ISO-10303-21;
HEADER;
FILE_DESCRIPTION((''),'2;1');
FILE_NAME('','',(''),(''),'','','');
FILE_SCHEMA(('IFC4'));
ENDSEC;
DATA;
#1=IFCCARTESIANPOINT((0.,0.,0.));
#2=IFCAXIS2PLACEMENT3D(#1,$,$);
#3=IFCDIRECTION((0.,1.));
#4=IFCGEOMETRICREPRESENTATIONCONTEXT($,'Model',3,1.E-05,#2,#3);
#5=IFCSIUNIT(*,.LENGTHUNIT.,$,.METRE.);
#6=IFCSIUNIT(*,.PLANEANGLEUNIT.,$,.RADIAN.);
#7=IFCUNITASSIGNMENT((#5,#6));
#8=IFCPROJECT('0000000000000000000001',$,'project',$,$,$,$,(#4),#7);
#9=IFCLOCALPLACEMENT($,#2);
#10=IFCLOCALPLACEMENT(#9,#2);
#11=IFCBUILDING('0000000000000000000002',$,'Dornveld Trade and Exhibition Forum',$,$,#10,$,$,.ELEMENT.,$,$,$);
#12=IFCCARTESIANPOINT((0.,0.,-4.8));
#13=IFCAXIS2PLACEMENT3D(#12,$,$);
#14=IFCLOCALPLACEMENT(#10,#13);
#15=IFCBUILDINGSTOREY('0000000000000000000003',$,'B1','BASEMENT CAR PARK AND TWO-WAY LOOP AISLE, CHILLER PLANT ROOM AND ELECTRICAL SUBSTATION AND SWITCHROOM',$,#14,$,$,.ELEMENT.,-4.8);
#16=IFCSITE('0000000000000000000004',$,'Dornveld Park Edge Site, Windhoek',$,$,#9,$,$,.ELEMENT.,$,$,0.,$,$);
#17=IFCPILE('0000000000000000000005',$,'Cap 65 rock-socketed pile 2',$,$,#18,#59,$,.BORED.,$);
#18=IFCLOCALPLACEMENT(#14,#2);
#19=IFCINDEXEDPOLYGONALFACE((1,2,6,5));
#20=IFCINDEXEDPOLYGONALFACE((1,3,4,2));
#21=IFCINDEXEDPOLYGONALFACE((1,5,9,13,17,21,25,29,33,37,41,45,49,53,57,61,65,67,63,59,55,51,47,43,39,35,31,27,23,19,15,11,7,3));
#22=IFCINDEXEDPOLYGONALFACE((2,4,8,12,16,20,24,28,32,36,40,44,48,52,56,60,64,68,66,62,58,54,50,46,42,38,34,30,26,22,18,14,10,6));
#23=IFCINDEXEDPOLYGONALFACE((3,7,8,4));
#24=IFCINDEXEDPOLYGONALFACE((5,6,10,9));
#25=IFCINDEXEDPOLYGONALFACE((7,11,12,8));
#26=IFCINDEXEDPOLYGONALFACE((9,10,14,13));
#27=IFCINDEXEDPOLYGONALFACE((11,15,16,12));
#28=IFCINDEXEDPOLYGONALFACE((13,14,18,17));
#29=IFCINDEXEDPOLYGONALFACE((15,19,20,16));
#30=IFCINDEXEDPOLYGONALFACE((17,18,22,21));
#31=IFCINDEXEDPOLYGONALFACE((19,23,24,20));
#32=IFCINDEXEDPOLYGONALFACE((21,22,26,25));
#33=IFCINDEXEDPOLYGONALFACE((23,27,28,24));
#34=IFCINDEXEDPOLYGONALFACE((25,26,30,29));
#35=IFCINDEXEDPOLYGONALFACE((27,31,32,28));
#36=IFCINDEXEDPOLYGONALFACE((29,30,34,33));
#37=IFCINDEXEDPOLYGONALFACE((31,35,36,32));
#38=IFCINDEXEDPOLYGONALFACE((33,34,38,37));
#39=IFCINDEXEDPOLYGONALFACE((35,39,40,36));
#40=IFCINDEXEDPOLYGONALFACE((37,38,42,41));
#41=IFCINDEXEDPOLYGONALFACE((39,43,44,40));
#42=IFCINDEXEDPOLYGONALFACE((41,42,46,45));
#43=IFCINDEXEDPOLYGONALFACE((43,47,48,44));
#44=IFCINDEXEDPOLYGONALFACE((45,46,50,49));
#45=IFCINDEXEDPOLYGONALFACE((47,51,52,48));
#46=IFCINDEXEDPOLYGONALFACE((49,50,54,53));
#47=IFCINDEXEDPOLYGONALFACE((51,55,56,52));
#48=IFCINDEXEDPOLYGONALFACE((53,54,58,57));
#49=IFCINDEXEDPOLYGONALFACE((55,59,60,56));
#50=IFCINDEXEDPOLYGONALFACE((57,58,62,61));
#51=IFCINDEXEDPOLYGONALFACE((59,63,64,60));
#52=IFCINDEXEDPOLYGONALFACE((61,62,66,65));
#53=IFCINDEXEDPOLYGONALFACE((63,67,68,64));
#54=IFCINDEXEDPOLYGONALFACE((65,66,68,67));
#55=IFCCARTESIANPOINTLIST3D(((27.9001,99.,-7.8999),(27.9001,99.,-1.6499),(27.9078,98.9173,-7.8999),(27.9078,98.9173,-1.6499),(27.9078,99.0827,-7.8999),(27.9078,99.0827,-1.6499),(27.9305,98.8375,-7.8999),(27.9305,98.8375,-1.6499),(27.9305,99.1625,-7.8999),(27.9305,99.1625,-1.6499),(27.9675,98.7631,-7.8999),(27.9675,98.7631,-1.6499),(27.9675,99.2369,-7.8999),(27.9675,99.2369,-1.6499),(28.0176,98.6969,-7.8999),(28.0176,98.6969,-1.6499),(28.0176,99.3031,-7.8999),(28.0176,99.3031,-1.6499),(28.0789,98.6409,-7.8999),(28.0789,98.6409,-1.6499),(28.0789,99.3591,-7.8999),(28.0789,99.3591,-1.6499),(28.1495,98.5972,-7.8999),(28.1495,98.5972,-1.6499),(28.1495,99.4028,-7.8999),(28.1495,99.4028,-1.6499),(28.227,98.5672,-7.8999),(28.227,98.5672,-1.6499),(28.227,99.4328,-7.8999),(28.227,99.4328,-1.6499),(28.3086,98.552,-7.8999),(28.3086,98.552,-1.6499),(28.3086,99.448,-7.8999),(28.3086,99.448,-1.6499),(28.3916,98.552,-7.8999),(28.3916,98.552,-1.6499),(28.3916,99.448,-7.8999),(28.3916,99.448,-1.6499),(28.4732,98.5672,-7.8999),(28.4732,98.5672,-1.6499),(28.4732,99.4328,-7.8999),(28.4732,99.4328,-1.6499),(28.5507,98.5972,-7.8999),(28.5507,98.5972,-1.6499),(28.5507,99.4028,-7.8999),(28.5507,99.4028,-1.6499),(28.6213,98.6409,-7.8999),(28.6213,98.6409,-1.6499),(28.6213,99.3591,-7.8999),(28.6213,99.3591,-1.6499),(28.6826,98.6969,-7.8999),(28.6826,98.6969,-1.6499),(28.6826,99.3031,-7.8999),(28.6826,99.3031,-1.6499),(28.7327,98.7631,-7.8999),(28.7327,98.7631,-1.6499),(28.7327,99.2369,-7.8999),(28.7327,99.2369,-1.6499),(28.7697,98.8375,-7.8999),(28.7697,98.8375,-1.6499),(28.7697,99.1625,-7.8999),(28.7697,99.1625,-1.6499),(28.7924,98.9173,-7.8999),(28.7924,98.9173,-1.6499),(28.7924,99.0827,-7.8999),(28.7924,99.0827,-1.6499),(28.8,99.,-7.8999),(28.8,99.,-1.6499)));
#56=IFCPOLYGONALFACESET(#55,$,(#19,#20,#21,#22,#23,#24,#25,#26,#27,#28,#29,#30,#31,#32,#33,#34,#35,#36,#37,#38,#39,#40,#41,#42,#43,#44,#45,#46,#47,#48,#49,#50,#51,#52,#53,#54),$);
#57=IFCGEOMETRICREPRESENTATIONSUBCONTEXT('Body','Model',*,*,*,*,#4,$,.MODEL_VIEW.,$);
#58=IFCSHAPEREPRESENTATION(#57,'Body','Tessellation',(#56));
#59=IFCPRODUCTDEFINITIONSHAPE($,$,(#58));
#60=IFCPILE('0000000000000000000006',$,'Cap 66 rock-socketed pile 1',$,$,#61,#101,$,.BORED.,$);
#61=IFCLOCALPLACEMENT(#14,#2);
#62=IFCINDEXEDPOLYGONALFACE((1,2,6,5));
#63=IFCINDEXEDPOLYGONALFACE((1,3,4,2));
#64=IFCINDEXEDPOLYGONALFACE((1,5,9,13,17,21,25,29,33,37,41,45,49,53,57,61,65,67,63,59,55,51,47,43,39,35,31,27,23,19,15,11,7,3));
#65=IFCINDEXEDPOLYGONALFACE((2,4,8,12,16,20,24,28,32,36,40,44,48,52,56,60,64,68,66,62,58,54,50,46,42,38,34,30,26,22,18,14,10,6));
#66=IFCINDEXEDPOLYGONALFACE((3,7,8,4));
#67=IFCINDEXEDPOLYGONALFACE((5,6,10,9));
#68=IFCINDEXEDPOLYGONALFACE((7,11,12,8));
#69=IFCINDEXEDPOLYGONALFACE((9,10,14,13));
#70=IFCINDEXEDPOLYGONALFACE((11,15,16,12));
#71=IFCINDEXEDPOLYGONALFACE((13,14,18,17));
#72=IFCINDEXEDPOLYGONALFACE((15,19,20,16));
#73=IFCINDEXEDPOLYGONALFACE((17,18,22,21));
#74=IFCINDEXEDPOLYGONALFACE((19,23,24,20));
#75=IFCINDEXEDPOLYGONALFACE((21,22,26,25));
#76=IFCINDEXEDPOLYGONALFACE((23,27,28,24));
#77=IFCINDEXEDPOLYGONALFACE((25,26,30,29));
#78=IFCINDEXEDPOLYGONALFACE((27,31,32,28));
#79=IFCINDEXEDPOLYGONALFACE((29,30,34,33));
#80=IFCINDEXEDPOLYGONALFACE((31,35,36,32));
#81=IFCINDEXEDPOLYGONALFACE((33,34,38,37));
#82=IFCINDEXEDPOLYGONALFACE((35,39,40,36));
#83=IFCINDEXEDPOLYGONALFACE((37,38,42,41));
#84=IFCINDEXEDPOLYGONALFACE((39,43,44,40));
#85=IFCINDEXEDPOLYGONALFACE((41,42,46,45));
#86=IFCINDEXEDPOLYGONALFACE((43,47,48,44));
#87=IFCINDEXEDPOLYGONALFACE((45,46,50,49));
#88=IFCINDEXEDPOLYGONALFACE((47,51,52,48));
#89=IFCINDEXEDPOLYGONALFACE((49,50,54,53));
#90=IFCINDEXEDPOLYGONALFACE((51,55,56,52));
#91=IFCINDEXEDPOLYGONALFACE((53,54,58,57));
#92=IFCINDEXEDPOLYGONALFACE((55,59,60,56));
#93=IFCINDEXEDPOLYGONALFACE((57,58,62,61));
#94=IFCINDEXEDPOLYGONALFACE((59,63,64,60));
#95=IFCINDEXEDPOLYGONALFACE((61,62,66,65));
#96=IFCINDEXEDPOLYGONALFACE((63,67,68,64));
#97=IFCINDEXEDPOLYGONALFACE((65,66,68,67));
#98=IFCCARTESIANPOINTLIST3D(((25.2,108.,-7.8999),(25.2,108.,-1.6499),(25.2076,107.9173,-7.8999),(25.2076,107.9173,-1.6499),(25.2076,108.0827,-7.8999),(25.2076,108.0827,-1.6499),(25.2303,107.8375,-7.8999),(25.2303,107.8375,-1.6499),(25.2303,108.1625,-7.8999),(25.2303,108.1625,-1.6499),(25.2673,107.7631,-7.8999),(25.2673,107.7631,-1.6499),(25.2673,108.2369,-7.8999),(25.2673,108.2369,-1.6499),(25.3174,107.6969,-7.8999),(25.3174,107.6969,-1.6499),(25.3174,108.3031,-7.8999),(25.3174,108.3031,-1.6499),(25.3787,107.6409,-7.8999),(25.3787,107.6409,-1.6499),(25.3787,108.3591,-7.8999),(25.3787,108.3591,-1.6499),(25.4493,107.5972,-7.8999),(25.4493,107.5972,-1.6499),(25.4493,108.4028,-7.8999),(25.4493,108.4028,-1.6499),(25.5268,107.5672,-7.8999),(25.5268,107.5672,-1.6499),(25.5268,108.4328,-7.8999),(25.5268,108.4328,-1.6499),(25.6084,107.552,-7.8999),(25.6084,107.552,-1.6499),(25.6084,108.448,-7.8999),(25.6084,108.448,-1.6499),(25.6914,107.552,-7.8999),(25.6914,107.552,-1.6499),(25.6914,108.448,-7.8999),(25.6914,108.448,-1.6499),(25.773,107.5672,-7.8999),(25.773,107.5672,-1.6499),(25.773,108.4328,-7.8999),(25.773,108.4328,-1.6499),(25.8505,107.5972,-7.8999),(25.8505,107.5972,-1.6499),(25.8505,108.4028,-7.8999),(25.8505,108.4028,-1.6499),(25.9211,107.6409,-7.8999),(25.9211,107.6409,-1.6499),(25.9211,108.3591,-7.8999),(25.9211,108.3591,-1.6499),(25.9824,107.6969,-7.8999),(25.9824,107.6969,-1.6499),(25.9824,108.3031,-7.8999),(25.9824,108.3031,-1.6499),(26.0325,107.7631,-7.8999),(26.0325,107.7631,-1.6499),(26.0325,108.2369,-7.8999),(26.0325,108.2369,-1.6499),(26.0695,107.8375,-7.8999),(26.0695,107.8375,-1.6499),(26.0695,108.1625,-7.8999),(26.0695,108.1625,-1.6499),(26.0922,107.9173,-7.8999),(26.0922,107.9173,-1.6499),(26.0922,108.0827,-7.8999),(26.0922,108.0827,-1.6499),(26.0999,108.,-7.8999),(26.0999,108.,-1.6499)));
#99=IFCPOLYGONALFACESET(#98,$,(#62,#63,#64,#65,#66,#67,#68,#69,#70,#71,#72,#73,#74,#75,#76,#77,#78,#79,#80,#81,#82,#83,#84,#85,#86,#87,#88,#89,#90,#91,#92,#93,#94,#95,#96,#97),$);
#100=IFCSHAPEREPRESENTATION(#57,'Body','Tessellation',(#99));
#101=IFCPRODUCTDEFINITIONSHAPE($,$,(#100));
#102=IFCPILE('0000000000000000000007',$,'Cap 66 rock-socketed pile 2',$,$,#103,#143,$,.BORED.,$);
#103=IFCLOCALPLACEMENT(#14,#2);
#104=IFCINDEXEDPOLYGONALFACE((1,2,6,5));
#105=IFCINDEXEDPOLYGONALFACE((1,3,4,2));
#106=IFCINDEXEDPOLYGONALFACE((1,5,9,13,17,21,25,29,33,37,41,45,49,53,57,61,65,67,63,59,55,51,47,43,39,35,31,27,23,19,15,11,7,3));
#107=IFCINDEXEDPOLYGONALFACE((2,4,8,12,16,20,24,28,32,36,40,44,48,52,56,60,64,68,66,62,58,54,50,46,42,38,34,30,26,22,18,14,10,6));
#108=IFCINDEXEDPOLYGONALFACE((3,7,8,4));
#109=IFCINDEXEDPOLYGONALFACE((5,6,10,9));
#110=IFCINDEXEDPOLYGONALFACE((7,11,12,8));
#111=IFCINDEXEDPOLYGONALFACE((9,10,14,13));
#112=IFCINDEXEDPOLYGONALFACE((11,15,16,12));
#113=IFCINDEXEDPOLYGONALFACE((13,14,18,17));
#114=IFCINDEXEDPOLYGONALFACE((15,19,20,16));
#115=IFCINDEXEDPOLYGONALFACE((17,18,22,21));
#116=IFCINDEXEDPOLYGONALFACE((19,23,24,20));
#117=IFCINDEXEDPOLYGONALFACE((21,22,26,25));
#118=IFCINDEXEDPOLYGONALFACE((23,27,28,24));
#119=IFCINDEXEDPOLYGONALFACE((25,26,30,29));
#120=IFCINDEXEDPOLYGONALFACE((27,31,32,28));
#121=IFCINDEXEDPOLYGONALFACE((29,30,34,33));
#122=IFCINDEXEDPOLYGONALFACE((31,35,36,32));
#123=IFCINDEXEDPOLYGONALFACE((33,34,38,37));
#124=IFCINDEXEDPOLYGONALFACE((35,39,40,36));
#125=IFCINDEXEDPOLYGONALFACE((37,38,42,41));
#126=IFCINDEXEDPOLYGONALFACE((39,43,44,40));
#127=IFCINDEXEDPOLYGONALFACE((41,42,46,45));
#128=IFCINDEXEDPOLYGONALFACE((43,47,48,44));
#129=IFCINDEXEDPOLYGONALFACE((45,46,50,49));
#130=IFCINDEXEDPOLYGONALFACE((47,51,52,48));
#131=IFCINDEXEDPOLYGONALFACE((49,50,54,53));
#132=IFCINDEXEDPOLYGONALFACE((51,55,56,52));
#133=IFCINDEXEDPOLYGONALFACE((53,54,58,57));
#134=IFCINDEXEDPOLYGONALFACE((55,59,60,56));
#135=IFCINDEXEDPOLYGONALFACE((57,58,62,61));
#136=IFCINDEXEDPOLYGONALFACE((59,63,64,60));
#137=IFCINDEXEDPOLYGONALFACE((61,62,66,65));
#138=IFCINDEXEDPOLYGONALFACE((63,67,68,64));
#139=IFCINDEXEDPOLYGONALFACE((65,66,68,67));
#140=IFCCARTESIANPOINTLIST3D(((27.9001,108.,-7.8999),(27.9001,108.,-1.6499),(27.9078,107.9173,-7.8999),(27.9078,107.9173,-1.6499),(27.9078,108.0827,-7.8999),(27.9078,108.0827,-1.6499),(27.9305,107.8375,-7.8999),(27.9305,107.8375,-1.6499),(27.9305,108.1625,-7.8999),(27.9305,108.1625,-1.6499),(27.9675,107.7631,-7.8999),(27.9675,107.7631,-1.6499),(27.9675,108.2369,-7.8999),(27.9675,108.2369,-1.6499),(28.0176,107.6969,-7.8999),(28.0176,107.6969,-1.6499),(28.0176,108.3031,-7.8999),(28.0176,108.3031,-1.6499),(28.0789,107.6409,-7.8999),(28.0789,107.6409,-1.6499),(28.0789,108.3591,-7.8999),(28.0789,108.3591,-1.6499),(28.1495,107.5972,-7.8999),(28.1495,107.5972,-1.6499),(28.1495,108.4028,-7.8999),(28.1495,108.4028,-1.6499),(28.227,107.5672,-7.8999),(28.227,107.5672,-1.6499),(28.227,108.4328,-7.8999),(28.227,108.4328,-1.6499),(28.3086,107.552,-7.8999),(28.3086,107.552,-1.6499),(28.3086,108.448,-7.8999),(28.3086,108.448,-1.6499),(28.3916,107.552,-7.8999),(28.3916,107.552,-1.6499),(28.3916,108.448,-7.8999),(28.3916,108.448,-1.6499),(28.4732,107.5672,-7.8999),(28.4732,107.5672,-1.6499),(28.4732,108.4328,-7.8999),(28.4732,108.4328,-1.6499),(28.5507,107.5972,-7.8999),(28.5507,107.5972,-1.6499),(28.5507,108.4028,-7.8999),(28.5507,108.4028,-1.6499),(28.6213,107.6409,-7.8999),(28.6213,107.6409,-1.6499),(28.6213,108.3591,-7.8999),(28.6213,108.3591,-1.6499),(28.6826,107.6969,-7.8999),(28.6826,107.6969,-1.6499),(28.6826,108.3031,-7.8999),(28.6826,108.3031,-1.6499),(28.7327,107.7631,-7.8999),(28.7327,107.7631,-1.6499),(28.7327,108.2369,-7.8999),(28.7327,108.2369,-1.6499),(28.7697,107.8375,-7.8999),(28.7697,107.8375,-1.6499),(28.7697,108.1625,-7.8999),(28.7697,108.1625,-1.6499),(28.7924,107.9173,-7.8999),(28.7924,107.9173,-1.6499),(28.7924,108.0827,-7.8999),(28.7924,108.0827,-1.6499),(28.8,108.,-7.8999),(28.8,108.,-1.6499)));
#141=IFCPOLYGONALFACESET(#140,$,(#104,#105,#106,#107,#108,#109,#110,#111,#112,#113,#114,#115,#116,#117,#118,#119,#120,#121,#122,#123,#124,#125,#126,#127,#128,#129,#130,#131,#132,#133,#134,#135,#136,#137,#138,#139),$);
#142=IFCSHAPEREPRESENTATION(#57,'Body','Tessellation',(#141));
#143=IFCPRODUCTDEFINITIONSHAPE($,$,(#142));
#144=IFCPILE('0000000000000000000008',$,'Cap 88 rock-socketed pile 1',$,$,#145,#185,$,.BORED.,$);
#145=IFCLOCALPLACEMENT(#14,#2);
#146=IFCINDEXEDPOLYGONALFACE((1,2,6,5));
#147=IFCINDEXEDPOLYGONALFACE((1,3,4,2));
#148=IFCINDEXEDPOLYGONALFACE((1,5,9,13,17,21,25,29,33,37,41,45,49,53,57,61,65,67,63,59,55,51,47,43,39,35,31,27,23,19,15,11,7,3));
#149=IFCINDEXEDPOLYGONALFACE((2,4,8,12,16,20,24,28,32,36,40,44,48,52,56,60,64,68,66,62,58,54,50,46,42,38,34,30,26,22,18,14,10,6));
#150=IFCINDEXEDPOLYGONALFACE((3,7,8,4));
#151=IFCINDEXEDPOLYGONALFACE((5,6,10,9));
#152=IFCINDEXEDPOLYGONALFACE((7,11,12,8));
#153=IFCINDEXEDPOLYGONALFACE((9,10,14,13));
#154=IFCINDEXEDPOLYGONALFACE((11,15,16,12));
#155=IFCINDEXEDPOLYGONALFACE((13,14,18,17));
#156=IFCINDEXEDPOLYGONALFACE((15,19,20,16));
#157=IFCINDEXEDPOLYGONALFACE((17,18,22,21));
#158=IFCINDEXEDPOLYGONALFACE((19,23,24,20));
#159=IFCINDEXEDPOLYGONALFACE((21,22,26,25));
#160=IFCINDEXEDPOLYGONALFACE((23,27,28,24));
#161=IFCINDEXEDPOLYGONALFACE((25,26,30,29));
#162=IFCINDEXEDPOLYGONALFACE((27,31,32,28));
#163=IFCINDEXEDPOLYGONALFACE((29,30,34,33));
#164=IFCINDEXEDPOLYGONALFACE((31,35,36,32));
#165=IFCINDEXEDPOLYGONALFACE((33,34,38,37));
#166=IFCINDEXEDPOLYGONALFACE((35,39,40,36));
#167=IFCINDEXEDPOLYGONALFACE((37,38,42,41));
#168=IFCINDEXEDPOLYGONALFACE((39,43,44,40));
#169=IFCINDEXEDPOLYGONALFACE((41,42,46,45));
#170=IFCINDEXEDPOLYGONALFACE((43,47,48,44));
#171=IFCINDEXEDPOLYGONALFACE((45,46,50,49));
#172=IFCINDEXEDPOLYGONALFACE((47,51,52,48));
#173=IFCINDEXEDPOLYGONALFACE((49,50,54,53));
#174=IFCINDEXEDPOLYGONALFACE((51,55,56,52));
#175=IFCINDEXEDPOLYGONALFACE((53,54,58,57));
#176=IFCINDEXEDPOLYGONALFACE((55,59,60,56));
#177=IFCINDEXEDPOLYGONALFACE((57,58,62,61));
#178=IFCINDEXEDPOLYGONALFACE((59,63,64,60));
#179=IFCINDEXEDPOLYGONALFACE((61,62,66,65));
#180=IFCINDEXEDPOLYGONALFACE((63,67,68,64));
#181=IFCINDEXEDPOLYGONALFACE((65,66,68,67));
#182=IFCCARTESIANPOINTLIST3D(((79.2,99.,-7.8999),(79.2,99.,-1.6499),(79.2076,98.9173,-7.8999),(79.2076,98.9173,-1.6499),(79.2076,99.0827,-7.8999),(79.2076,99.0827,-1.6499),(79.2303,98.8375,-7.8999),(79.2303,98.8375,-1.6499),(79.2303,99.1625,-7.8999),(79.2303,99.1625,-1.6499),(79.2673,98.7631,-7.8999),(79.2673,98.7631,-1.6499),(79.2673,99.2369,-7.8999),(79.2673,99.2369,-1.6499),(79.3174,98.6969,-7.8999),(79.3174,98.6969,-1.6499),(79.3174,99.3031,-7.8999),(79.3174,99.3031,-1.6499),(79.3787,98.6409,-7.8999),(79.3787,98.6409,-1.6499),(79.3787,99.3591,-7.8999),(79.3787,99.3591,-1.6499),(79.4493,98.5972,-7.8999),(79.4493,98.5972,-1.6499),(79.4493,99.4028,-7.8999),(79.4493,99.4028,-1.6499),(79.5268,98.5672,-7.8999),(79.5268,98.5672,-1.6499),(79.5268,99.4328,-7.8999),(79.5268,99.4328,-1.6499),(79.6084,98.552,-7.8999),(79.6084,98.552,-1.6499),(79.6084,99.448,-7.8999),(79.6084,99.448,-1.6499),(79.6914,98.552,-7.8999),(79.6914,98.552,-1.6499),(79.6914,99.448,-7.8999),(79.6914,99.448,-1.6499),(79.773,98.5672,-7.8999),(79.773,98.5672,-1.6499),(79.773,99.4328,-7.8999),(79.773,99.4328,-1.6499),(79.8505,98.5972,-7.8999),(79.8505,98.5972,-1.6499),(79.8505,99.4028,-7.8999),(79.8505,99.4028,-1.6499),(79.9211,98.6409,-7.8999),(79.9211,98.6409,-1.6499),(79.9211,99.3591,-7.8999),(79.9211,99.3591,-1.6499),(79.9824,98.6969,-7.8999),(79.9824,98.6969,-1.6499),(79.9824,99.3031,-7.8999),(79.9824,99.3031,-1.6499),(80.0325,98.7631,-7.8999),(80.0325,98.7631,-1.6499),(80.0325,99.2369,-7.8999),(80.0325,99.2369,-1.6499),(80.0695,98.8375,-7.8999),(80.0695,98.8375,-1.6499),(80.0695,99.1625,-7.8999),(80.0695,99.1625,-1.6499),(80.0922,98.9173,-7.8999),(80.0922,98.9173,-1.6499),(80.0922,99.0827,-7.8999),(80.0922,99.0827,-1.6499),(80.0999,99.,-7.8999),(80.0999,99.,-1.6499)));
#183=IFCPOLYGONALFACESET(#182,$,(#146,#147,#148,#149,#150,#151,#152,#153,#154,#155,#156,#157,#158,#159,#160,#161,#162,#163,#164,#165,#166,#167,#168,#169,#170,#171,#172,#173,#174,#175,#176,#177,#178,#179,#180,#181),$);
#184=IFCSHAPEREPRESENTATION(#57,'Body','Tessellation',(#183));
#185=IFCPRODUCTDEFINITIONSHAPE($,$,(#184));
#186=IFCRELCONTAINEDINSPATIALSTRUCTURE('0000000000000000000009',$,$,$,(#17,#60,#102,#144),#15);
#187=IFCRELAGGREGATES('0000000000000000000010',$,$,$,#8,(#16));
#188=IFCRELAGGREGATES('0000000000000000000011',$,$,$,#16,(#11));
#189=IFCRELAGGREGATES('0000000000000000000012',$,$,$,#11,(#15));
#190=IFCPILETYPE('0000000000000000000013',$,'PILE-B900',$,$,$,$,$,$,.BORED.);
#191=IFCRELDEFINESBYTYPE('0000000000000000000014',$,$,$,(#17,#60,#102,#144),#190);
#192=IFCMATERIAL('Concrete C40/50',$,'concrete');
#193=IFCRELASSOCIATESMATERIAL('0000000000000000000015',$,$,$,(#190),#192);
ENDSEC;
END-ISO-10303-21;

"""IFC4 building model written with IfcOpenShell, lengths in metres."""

from ifc_helpers import new_model, si_unit, direction, frame, origin, origin_2d, place, context, subcontext, project, spatial, circle, extrude, material, material_profile, profile_set, type_object, element, save


model = new_model("IFC4")

# Units and contexts
model_context = context("Model", 3, precision=1e-05, world=origin(), true_north=direction((0.0, 1.0)))
body_context = subcontext(model_context, "Body", "Model", "MODEL_VIEW")
ifc_project = project(units=[si_unit("LENGTHUNIT", "METRE"), si_unit("PLANEANGLEUNIT", "RADIAN")], contexts=[model_context])

# Site, building, storey
site_placement = place(None, origin())
site = spatial("IfcSite", under=ifc_project, at=site_placement, Name="Dornveld Park Edge Site, Windhoek", CompositionType="ELEMENT", RefElevation=0.0)
building_placement = place(site_placement, origin())
building = spatial("IfcBuilding", under=site, at=building_placement, Name="Dornveld Trade and Exhibition Forum", CompositionType="ELEMENT")
storey_placement = place(building_placement, frame((0.0, 0.0, -4.8)))
storey = spatial("IfcBuildingStorey", under=building, at=storey_placement, Name="B1", Description="BASEMENT CAR PARK AND TWO-WAY LOOP AISLE, CHILLER PLANT ROOM AND ELECTRICAL SUBSTATION AND SWITCHROOM", CompositionType="ELEMENT", Elevation=-4.8)

# Piles
ifc_material_1 = material(Name="Concrete C40/50", Category="concrete")
ifc_material_profile_1 = material_profile(ifc_material_1, circle(Radius=0.45, at=origin_2d()), Name="PILE D900")
ifc_profile_set_1 = profile_set([ifc_material_profile_1], Name="Concrete C40/50")
pile_type_1 = type_object("IfcPileType", Name="PILE-B900", PredefinedType="BORED", material=ifc_profile_set_1)
for number, where, z_axis, x_axis, name in (
    (1, (28.3501, 99.0, -1.6499), (0.0, 0.0, -1.0), (1.0, 0.0, 0.0), "Cap 65 rock-socketed pile 2"),
    (2, (25.6499, 108.0, -1.6499), (0.0, 0.0, -1.0), (1.0, 0.0, 0.0), "Cap 66 rock-socketed pile 1"),
    (3, (28.3501, 108.0, -1.6499), (0.0, 0.0, -1.0), (1.0, 0.0, 0.0), "Cap 66 rock-socketed pile 2"),
    (4, (79.6499, 99.0, -1.6499), (0.0, 0.0, -1.0), (1.0, 0.0, 0.0), "Cap 88 rock-socketed pile 1"),
):
    element("IfcPile", number, at=place(storey_placement, frame(where, z_axis=z_axis, x_axis=x_axis)), inside=storey, type_object=pile_type_1, Name=name, PredefinedType="BORED", context=body_context, shape_type="SweptSolid", body=[
        extrude(circle(Radius=0.45, at=origin_2d()), origin(), (0.0, 0.0, 1.0), 6.25),
    ])

save(model, "model.ifc")
